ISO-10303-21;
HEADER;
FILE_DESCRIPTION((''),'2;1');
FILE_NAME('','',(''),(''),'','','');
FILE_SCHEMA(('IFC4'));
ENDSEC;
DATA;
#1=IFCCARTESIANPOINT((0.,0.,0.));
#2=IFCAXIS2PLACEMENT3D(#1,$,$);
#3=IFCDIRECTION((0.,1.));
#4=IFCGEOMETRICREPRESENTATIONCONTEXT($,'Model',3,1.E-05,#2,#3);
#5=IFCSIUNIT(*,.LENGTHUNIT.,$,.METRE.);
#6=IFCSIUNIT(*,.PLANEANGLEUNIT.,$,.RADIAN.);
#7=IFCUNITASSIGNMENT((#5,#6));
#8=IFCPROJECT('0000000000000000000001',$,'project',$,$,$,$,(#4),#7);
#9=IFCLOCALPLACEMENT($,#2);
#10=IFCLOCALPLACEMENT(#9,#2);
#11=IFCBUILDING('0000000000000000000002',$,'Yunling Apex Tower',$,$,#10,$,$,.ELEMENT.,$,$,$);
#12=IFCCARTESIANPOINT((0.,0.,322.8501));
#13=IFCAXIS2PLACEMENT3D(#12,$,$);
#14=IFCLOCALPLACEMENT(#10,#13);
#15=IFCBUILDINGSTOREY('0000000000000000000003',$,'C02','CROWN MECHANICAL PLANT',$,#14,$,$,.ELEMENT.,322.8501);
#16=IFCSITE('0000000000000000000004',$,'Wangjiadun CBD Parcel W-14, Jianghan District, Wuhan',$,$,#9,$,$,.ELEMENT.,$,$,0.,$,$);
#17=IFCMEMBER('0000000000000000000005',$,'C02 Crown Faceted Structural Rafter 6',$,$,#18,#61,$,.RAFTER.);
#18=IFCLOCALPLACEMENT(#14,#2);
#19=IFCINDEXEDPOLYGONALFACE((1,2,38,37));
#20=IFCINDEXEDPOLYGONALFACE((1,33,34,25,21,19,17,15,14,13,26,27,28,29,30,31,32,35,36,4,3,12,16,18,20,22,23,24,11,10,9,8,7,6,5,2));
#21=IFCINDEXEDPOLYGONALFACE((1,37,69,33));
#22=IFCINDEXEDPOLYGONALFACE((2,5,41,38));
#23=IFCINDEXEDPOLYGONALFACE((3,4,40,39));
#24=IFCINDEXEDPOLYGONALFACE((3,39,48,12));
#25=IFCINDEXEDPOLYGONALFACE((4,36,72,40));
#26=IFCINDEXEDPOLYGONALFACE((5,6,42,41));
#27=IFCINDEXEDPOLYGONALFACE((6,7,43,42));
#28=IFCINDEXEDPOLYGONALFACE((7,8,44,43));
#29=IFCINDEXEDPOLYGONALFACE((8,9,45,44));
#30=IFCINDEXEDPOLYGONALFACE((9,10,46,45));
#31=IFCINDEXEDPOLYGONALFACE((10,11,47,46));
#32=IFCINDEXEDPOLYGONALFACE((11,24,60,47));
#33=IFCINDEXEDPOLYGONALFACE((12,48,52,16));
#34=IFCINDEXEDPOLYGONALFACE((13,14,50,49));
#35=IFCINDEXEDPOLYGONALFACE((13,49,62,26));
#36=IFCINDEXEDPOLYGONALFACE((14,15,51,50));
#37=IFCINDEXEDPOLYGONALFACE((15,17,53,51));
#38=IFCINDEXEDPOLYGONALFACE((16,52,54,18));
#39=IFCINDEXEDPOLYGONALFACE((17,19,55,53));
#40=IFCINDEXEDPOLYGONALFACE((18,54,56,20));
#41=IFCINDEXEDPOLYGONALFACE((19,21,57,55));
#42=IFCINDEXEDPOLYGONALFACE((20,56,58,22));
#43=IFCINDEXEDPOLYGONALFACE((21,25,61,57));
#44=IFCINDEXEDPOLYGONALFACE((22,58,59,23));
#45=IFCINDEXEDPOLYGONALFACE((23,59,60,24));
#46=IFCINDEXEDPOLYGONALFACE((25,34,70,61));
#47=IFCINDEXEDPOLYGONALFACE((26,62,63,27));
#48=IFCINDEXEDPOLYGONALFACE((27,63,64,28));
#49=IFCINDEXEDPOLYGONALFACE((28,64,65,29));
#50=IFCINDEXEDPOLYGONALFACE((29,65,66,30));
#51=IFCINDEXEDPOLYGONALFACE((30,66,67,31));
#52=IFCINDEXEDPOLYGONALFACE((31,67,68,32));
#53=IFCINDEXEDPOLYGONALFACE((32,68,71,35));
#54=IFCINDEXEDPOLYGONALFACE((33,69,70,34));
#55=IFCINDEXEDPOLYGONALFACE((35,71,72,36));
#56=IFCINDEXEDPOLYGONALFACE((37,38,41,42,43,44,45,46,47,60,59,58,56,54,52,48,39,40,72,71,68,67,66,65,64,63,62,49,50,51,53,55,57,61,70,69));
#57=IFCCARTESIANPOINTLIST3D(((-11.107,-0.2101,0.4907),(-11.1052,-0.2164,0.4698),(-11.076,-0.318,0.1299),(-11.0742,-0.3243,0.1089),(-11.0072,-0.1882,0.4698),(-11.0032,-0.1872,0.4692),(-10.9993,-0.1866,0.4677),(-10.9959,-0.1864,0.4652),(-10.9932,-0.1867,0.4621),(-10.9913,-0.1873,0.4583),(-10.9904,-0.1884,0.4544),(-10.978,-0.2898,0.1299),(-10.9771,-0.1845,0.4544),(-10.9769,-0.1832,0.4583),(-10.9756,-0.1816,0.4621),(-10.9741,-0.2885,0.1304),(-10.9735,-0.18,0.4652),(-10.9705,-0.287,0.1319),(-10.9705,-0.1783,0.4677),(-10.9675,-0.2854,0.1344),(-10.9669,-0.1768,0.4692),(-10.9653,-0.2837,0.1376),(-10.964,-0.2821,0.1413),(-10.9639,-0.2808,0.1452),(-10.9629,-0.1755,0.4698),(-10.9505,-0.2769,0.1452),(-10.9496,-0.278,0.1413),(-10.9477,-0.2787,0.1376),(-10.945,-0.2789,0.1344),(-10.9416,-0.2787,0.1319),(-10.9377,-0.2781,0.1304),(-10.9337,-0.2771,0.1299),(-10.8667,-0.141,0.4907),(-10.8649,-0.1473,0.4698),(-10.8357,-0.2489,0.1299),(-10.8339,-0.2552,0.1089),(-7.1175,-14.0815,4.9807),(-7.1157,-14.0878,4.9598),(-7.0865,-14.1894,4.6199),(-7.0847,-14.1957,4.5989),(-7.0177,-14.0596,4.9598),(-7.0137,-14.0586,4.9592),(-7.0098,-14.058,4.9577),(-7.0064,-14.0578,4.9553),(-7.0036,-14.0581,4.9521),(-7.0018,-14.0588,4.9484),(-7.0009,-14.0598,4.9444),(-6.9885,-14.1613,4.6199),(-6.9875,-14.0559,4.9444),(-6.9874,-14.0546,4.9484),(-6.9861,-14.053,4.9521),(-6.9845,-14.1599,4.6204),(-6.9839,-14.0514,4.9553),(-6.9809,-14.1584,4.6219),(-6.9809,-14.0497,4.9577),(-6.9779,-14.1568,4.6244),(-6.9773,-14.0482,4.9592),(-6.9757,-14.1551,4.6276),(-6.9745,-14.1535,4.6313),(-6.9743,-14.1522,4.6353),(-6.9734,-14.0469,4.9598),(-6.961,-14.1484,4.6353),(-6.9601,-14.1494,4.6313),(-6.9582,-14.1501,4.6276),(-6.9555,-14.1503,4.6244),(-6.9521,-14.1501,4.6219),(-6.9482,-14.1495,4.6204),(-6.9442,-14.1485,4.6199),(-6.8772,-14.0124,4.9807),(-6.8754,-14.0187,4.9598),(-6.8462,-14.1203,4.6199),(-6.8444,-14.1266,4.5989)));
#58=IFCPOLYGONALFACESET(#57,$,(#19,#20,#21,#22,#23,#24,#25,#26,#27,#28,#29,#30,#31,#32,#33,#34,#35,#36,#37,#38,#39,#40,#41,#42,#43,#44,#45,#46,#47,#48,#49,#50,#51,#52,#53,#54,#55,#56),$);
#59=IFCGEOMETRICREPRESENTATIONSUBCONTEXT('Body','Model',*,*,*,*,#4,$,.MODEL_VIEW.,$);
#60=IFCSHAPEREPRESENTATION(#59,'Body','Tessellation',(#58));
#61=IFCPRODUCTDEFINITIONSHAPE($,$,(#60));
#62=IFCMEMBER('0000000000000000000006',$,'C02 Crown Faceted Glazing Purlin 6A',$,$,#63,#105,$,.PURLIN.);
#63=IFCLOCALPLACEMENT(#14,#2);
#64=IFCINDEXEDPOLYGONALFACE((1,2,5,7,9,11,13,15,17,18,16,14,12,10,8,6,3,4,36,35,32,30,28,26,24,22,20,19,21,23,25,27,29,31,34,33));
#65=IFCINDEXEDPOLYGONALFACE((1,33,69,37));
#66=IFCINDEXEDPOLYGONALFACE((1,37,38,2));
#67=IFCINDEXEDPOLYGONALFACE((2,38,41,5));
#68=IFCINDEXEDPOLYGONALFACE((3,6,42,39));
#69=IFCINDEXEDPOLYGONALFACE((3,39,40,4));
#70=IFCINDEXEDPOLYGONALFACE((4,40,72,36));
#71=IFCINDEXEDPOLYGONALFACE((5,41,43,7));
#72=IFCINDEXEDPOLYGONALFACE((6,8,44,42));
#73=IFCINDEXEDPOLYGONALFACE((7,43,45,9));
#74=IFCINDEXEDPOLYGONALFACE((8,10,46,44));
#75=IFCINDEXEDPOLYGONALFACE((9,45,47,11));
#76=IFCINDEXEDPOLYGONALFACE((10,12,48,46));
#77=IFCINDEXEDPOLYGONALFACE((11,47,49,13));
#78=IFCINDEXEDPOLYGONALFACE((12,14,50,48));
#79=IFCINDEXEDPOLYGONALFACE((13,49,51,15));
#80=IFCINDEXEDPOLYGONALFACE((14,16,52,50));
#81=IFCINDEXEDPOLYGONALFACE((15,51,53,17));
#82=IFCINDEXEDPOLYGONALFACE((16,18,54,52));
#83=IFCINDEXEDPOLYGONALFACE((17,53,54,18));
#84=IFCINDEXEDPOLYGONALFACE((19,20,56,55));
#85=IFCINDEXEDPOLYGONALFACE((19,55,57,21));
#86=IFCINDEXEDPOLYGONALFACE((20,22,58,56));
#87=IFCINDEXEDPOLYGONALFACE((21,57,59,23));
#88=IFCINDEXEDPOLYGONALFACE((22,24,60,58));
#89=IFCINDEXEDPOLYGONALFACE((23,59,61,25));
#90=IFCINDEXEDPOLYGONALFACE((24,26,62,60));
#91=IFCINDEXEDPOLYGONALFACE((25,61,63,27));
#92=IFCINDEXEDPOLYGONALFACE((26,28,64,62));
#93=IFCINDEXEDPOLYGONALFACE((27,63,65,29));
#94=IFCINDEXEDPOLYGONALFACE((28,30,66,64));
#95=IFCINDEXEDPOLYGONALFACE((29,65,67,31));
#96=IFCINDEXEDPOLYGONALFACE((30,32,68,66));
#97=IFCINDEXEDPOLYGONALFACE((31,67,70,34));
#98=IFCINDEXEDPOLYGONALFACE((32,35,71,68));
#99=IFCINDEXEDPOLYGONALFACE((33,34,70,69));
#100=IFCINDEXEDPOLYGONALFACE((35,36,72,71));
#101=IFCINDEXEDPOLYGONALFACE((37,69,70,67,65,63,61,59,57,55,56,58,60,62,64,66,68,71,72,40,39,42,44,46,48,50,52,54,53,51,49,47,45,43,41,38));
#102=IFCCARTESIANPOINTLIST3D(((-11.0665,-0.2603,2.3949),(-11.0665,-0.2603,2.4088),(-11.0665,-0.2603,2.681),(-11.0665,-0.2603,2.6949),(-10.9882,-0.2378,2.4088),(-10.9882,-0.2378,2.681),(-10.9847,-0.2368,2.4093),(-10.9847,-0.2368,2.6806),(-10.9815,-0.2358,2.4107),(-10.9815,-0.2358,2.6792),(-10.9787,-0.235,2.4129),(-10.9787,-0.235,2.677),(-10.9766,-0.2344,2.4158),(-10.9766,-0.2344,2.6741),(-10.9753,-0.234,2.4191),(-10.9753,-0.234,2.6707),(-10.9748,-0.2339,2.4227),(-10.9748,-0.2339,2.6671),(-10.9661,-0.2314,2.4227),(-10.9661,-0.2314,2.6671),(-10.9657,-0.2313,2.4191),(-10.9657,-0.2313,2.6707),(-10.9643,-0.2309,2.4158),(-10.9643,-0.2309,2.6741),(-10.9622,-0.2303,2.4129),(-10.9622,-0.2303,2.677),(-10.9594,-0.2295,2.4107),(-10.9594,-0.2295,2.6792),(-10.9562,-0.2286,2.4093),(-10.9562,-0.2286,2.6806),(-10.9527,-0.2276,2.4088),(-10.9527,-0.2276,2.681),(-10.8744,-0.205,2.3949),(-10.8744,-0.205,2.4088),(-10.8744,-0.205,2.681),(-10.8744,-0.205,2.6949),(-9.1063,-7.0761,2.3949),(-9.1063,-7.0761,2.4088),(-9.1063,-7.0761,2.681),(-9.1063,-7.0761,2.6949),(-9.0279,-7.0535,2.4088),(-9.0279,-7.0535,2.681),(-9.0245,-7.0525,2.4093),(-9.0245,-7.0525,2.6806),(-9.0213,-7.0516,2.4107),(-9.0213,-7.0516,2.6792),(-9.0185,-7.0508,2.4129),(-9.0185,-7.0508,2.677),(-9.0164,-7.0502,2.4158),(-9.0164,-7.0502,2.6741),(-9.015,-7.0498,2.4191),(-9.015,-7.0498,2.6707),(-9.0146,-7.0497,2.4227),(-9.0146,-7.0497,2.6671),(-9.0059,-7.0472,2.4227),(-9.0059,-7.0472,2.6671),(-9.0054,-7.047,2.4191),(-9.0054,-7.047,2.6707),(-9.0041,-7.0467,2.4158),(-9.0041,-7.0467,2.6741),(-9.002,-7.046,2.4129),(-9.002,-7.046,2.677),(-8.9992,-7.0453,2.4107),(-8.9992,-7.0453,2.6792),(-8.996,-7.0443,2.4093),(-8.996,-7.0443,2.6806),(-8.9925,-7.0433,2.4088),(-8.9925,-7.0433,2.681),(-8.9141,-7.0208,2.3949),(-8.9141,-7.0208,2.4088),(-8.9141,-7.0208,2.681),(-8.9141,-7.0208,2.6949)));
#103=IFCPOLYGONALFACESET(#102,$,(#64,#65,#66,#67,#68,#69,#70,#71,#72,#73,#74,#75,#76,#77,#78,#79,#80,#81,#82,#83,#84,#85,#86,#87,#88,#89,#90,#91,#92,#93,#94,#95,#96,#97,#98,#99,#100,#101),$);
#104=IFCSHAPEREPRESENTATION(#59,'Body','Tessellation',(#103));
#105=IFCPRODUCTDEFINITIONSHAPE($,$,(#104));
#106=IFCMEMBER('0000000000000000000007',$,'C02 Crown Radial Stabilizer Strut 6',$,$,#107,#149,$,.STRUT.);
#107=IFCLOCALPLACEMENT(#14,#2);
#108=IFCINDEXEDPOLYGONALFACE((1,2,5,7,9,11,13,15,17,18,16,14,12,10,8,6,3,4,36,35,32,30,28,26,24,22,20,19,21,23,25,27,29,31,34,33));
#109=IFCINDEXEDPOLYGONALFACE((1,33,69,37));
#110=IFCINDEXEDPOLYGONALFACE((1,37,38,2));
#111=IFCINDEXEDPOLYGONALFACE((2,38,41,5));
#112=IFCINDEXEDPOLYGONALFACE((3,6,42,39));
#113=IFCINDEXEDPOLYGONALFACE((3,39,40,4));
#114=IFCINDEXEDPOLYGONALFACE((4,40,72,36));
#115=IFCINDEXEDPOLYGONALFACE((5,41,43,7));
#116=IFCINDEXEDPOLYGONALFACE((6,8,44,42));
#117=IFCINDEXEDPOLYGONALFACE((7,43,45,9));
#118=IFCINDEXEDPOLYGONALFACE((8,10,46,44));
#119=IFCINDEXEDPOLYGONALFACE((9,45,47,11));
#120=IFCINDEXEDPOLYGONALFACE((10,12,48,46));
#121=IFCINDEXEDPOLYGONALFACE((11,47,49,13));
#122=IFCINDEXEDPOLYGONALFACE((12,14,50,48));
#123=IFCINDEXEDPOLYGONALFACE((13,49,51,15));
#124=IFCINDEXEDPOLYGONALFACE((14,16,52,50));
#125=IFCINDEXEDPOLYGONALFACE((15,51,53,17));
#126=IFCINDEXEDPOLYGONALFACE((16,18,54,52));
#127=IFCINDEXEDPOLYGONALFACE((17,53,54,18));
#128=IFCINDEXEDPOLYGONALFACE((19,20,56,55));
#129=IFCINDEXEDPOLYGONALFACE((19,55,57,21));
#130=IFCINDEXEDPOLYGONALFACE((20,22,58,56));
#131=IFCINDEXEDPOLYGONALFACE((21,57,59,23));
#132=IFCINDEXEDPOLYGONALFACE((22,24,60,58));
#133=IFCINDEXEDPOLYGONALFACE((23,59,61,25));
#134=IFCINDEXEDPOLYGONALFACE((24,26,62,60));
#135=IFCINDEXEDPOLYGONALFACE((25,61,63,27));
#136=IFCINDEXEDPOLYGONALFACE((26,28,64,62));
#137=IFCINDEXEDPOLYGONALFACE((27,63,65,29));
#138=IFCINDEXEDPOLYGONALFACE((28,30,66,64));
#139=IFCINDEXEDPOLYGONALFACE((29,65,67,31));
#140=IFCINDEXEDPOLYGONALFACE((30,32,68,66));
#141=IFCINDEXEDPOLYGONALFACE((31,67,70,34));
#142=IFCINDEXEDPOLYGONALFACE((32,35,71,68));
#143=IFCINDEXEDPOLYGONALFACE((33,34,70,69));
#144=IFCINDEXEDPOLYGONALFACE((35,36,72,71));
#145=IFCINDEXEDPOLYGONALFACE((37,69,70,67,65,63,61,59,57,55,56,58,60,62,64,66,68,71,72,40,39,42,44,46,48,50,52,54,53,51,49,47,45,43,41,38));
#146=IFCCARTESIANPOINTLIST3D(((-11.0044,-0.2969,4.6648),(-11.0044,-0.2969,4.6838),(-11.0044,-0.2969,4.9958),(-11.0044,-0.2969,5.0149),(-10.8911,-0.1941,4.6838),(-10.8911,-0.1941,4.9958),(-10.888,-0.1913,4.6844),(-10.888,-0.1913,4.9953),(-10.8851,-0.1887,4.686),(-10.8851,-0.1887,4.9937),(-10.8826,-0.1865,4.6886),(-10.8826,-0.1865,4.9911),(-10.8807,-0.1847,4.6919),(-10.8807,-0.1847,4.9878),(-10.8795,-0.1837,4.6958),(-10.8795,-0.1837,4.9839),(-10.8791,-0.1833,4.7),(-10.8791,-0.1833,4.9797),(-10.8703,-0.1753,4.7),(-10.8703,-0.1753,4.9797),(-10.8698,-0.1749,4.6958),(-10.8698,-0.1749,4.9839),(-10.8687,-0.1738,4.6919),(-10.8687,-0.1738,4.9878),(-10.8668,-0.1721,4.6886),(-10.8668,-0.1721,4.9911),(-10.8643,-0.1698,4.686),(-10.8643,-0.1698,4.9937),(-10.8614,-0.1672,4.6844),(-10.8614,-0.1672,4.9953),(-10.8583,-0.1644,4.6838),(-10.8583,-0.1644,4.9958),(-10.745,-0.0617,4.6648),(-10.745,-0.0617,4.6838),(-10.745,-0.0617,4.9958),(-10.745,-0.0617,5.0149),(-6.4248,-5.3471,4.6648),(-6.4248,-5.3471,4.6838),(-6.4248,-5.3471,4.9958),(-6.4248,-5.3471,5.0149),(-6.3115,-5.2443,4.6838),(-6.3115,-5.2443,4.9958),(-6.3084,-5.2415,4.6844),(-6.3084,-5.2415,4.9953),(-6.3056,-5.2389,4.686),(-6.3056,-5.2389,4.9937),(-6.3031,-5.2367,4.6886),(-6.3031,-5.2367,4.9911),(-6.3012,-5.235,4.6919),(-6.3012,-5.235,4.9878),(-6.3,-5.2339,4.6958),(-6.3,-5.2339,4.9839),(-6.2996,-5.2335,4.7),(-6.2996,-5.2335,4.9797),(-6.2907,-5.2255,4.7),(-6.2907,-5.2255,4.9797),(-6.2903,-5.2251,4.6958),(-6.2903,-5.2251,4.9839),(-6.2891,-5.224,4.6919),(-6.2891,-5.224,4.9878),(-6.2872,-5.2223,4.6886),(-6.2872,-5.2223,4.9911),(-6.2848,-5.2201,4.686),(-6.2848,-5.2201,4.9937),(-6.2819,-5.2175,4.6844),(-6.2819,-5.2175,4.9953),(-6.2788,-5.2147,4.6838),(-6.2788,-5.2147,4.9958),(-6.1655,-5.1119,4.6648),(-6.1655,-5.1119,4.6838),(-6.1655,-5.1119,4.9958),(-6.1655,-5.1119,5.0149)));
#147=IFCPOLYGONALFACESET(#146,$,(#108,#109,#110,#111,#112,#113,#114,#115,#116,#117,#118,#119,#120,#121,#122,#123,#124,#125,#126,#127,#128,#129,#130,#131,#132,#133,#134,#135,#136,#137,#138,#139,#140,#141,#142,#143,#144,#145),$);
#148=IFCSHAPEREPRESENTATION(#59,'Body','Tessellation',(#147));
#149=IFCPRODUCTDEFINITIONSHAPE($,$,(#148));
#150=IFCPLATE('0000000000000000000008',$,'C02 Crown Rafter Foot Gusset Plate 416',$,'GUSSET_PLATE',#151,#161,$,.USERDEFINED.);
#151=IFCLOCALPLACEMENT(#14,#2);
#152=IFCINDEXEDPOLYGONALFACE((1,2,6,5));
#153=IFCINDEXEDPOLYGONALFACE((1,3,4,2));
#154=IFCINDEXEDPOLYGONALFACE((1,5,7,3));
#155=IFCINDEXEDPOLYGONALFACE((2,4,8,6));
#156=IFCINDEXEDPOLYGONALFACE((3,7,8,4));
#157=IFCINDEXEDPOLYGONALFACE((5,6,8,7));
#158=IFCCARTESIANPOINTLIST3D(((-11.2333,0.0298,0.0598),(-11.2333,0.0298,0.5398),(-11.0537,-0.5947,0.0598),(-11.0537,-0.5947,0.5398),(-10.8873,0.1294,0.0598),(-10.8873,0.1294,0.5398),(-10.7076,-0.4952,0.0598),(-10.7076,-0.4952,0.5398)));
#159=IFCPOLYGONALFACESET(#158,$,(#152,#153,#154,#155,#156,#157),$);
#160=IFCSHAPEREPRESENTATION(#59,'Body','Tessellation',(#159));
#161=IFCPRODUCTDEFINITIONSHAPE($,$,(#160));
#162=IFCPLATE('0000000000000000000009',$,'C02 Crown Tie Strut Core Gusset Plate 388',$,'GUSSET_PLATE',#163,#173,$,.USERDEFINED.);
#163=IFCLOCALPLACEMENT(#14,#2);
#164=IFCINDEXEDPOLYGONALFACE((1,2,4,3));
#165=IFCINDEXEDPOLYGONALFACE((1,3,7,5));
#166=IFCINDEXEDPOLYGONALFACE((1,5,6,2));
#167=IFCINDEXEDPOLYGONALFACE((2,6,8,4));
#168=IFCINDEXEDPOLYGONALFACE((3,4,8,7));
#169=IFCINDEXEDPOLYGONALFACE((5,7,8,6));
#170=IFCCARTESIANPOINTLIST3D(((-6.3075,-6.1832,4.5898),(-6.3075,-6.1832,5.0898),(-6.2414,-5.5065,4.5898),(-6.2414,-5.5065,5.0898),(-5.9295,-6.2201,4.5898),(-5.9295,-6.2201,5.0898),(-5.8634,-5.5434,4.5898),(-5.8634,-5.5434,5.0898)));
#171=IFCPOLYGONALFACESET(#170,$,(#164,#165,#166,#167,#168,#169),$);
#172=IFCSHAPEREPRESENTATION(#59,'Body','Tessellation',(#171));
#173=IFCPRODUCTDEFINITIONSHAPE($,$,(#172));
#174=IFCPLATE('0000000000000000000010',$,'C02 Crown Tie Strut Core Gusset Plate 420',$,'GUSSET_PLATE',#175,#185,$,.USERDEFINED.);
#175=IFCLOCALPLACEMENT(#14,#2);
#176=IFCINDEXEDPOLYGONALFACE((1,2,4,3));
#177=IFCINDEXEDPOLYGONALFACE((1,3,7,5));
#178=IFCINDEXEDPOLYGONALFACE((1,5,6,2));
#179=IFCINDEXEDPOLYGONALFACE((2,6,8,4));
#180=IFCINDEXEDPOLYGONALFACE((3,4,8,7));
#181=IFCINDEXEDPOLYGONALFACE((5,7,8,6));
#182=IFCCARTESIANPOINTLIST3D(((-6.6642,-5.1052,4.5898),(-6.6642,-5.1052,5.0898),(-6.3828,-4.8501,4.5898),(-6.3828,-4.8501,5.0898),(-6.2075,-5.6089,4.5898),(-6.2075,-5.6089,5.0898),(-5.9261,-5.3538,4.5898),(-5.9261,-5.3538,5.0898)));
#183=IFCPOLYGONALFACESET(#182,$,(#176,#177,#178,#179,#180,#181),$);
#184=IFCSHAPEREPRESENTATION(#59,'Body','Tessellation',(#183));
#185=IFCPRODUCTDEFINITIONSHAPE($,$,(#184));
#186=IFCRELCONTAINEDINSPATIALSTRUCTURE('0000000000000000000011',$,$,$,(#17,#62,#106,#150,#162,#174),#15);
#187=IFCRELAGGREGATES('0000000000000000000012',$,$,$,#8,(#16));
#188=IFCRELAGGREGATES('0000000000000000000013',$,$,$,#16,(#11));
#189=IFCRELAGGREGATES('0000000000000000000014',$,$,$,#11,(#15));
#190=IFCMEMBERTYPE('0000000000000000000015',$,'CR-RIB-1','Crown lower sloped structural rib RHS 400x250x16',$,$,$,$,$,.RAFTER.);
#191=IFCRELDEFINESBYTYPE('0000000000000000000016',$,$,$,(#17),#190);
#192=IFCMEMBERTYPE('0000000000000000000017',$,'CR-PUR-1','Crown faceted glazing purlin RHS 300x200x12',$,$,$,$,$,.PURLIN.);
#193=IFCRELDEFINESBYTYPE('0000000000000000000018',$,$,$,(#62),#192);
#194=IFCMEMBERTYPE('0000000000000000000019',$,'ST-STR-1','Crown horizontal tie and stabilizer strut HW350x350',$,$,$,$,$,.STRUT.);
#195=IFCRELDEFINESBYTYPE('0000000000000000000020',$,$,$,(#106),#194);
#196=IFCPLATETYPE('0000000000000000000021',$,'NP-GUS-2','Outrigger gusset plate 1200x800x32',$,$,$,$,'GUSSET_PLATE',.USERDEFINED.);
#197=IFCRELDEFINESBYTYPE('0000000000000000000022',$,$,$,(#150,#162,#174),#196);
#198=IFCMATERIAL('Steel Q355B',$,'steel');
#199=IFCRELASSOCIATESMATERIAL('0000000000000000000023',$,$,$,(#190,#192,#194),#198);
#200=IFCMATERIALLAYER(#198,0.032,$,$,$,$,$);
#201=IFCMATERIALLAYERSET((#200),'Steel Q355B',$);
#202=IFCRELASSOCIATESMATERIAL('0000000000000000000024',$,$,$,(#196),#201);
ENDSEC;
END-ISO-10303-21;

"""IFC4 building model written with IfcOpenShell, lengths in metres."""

from ifc_helpers import new_model, si_unit, direction, frame, origin, origin_2d, place, context, subcontext, project, spatial, rectangle, i_section, extrude, source, transform, mapped, material, layer, layer_set, material_profile, profile_set, type_object, element, save


model = new_model("IFC4")

# Units and contexts
model_context = context("Model", 3, precision=1e-05, world=origin(), true_north=direction((0.0, 1.0)))
body_context = subcontext(model_context, "Body", "Model", "MODEL_VIEW")
ifc_project = project(units=[si_unit("LENGTHUNIT", "METRE"), si_unit("PLANEANGLEUNIT", "RADIAN")], contexts=[model_context])

# Site, building, storey
site_placement = place(None, origin())
site = spatial("IfcSite", under=ifc_project, at=site_placement, Name="Wangjiadun CBD Parcel W-14, Jianghan District, Wuhan", CompositionType="ELEMENT", RefElevation=0.0)
building_placement = place(site_placement, origin())
building = spatial("IfcBuilding", under=site, at=building_placement, Name="Yunling Apex Tower", CompositionType="ELEMENT")
storey_placement = place(building_placement, frame((0.0, 0.0, 322.8501)))
storey = spatial("IfcBuildingStorey", under=building, at=storey_placement, Name="C02", Description="CROWN MECHANICAL PLANT", CompositionType="ELEMENT", Elevation=322.8501)

# Shared definitions
ifc_material_1 = material(Name="Steel Q355B", Category="steel")

# Members
ifc_material_profile_1 = material_profile(ifc_material_1, i_section(OverallWidth=0.25, OverallDepth=0.3999, WebThickness=0.0139, FlangeThickness=0.022, FilletRadius=0.0161, at=origin_2d()))
ifc_profile_set_1 = profile_set([ifc_material_profile_1], Name="Steel Q355B")
member_type_1 = type_object("IfcMemberType", Name="CR-RIB-1", Description="Crown lower sloped structural rib RHS 400x250x16", PredefinedType="RAFTER", material=ifc_profile_set_1)
shared_shape_1 = source(origin(), body_context, "Body", "SweptSolid", [
    extrude(i_section(OverallWidth=0.25, OverallDepth=0.3999, WebThickness=0.0139, FlangeThickness=0.022, FilletRadius=0.0161, at=origin_2d()), origin(), (0.0, 0.0, 1.0), 15.116),
])
member_1_placement = place(storey_placement, frame((-10.9705, -0.2327, 0.2998), z_axis=(0.263928, -0.917666, 0.297038), x_axis=(0.961042, 0.276403, 0.0)))
element("IfcMember", 1, at=member_1_placement, inside=storey, type_object=member_type_1, Name="C02 Crown Faceted Structural Rafter 6", PredefinedType="RAFTER", context=body_context, shape_type="MappedRepresentation", body=[
    mapped(shared_shape_1, transform((0.0, 0.0, 0.0), scale=1.0)),
])
ifc_material_profile_2 = material_profile(ifc_material_1, i_section(OverallWidth=0.2, OverallDepth=0.3, WebThickness=0.009, FlangeThickness=0.0139, FilletRadius=0.0139, at=origin_2d()))
ifc_profile_set_2 = profile_set([ifc_material_profile_2], Name="Steel Q355B")
member_type_2 = type_object("IfcMemberType", Name="CR-PUR-1", Description="Crown faceted glazing purlin RHS 300x200x12", PredefinedType="PURLIN", material=ifc_profile_set_2)
shared_shape_2 = source(origin(), body_context, "Body", "SweptSolid", [
    extrude(i_section(OverallWidth=0.2, OverallDepth=0.3, WebThickness=0.009, FlangeThickness=0.0139, FilletRadius=0.0139, at=origin_2d()), origin(), (0.0, 0.0, 1.0), 7.092),
])
member_2_placement = place(storey_placement, frame((-10.9705, -0.2327, 2.5449), z_axis=(0.276398, -0.961043, 0.0), x_axis=(0.961043, 0.276398, 0.0)))
element("IfcMember", 2, at=member_2_placement, inside=storey, type_object=member_type_2, Name="C02 Crown Faceted Glazing Purlin 6A", PredefinedType="PURLIN", context=body_context, shape_type="MappedRepresentation", body=[
    mapped(shared_shape_2, transform((0.0, 0.0, 0.0), scale=1.0)),
])
ifc_material_profile_3 = material_profile(ifc_material_1, i_section(OverallWidth=0.3501, OverallDepth=0.3501, WebThickness=0.012, FlangeThickness=0.019, FilletRadius=0.0161, at=origin_2d()))
ifc_profile_set_3 = profile_set([ifc_material_profile_3], Name="Steel Q355B")
member_type_3 = type_object("IfcMemberType", Name="ST-STR-1", Description="Crown horizontal tie and stabilizer strut HW350x350", PredefinedType="STRUT", material=ifc_profile_set_3)
shared_shape_3 = source(origin(), body_context, "Body", "SweptSolid", [
    extrude(i_section(OverallWidth=0.3501, OverallDepth=0.3501, WebThickness=0.012, FlangeThickness=0.019, FilletRadius=0.0161, at=origin_2d()), origin(), (0.0, 0.0, 1.0), 6.8174),
])
member_3_placement = place(storey_placement, frame((-6.2952, -5.2295, 4.8398), z_axis=(-0.671742, 0.740785, 0.0), x_axis=(-0.740785, -0.671742, 0.0)))
element("IfcMember", 3, at=member_3_placement, inside=storey, type_object=member_type_3, Name="C02 Crown Radial Stabilizer Strut 6", PredefinedType="STRUT", context=body_context, shape_type="MappedRepresentation", body=[
    mapped(shared_shape_3, transform((0.0, 0.0, 0.0), scale=1.0)),
])

# Plates
ifc_layer_1 = layer(ifc_material_1, 0.032)
ifc_layer_set_1 = layer_set([ifc_layer_1], Name="Steel Q355B")
plate_type_1 = type_object("IfcPlateType", Name="NP-GUS-2", Description="Outrigger gusset plate 1200x800x32", ElementType="GUSSET_PLATE", PredefinedType="USERDEFINED", material=ifc_layer_set_1)
shared_shape_4 = source(origin(), body_context, "Body", "SweptSolid", [
    extrude(rectangle(XDim=0.6499, YDim=0.3601, at=origin_2d()), origin(), (0.0, 0.0, 1.0), 0.48),
])
plate_1_placement = place(storey_placement, frame((-10.9705, -0.2327, 0.0598), z_axis=(0.0, 0.0, 1.0), x_axis=(0.276476, -0.961021, 0.0)))
element("IfcPlate", 4, at=plate_1_placement, inside=storey, type_object=plate_type_1, Name="C02 Crown Rafter Foot Gusset Plate 416", ObjectType="GUSSET_PLATE", PredefinedType="USERDEFINED", context=body_context, shape_type="MappedRepresentation", body=[
    mapped(shared_shape_4, transform((0.0, 0.0, 0.0), scale=1.0)),
])
shared_shape_5 = source(origin(), body_context, "Body", "SweptSolid", [
    extrude(rectangle(XDim=0.6799, YDim=0.3799, at=origin_2d()), origin(), (0.0, 0.0, 1.0), 0.5),
])
for number, where, z_axis, x_axis, name in (
    (5, (-6.0854, -5.8633, 4.5898), (0.0, 0.0, 1.0), (-0.097235, -0.995261, 0.0), "C02 Crown Tie Strut Core Gusset Plate 388"),
    (6, (-6.2952, -5.2295, 4.5898), (0.0, 0.0, 1.0), (-0.671721, 0.740805, 0.0), "C02 Crown Tie Strut Core Gusset Plate 420"),
):
    element("IfcPlate", number, at=place(storey_placement, frame(where, z_axis=z_axis, x_axis=x_axis)), inside=storey, type_object=plate_type_1, Name=name, ObjectType="GUSSET_PLATE", PredefinedType="USERDEFINED", context=body_context, shape_type="MappedRepresentation", body=[
        mapped(shared_shape_5, transform((0.0, 0.0, 0.0), scale=1.0)),
    ])

save(model, "model.ifc")
